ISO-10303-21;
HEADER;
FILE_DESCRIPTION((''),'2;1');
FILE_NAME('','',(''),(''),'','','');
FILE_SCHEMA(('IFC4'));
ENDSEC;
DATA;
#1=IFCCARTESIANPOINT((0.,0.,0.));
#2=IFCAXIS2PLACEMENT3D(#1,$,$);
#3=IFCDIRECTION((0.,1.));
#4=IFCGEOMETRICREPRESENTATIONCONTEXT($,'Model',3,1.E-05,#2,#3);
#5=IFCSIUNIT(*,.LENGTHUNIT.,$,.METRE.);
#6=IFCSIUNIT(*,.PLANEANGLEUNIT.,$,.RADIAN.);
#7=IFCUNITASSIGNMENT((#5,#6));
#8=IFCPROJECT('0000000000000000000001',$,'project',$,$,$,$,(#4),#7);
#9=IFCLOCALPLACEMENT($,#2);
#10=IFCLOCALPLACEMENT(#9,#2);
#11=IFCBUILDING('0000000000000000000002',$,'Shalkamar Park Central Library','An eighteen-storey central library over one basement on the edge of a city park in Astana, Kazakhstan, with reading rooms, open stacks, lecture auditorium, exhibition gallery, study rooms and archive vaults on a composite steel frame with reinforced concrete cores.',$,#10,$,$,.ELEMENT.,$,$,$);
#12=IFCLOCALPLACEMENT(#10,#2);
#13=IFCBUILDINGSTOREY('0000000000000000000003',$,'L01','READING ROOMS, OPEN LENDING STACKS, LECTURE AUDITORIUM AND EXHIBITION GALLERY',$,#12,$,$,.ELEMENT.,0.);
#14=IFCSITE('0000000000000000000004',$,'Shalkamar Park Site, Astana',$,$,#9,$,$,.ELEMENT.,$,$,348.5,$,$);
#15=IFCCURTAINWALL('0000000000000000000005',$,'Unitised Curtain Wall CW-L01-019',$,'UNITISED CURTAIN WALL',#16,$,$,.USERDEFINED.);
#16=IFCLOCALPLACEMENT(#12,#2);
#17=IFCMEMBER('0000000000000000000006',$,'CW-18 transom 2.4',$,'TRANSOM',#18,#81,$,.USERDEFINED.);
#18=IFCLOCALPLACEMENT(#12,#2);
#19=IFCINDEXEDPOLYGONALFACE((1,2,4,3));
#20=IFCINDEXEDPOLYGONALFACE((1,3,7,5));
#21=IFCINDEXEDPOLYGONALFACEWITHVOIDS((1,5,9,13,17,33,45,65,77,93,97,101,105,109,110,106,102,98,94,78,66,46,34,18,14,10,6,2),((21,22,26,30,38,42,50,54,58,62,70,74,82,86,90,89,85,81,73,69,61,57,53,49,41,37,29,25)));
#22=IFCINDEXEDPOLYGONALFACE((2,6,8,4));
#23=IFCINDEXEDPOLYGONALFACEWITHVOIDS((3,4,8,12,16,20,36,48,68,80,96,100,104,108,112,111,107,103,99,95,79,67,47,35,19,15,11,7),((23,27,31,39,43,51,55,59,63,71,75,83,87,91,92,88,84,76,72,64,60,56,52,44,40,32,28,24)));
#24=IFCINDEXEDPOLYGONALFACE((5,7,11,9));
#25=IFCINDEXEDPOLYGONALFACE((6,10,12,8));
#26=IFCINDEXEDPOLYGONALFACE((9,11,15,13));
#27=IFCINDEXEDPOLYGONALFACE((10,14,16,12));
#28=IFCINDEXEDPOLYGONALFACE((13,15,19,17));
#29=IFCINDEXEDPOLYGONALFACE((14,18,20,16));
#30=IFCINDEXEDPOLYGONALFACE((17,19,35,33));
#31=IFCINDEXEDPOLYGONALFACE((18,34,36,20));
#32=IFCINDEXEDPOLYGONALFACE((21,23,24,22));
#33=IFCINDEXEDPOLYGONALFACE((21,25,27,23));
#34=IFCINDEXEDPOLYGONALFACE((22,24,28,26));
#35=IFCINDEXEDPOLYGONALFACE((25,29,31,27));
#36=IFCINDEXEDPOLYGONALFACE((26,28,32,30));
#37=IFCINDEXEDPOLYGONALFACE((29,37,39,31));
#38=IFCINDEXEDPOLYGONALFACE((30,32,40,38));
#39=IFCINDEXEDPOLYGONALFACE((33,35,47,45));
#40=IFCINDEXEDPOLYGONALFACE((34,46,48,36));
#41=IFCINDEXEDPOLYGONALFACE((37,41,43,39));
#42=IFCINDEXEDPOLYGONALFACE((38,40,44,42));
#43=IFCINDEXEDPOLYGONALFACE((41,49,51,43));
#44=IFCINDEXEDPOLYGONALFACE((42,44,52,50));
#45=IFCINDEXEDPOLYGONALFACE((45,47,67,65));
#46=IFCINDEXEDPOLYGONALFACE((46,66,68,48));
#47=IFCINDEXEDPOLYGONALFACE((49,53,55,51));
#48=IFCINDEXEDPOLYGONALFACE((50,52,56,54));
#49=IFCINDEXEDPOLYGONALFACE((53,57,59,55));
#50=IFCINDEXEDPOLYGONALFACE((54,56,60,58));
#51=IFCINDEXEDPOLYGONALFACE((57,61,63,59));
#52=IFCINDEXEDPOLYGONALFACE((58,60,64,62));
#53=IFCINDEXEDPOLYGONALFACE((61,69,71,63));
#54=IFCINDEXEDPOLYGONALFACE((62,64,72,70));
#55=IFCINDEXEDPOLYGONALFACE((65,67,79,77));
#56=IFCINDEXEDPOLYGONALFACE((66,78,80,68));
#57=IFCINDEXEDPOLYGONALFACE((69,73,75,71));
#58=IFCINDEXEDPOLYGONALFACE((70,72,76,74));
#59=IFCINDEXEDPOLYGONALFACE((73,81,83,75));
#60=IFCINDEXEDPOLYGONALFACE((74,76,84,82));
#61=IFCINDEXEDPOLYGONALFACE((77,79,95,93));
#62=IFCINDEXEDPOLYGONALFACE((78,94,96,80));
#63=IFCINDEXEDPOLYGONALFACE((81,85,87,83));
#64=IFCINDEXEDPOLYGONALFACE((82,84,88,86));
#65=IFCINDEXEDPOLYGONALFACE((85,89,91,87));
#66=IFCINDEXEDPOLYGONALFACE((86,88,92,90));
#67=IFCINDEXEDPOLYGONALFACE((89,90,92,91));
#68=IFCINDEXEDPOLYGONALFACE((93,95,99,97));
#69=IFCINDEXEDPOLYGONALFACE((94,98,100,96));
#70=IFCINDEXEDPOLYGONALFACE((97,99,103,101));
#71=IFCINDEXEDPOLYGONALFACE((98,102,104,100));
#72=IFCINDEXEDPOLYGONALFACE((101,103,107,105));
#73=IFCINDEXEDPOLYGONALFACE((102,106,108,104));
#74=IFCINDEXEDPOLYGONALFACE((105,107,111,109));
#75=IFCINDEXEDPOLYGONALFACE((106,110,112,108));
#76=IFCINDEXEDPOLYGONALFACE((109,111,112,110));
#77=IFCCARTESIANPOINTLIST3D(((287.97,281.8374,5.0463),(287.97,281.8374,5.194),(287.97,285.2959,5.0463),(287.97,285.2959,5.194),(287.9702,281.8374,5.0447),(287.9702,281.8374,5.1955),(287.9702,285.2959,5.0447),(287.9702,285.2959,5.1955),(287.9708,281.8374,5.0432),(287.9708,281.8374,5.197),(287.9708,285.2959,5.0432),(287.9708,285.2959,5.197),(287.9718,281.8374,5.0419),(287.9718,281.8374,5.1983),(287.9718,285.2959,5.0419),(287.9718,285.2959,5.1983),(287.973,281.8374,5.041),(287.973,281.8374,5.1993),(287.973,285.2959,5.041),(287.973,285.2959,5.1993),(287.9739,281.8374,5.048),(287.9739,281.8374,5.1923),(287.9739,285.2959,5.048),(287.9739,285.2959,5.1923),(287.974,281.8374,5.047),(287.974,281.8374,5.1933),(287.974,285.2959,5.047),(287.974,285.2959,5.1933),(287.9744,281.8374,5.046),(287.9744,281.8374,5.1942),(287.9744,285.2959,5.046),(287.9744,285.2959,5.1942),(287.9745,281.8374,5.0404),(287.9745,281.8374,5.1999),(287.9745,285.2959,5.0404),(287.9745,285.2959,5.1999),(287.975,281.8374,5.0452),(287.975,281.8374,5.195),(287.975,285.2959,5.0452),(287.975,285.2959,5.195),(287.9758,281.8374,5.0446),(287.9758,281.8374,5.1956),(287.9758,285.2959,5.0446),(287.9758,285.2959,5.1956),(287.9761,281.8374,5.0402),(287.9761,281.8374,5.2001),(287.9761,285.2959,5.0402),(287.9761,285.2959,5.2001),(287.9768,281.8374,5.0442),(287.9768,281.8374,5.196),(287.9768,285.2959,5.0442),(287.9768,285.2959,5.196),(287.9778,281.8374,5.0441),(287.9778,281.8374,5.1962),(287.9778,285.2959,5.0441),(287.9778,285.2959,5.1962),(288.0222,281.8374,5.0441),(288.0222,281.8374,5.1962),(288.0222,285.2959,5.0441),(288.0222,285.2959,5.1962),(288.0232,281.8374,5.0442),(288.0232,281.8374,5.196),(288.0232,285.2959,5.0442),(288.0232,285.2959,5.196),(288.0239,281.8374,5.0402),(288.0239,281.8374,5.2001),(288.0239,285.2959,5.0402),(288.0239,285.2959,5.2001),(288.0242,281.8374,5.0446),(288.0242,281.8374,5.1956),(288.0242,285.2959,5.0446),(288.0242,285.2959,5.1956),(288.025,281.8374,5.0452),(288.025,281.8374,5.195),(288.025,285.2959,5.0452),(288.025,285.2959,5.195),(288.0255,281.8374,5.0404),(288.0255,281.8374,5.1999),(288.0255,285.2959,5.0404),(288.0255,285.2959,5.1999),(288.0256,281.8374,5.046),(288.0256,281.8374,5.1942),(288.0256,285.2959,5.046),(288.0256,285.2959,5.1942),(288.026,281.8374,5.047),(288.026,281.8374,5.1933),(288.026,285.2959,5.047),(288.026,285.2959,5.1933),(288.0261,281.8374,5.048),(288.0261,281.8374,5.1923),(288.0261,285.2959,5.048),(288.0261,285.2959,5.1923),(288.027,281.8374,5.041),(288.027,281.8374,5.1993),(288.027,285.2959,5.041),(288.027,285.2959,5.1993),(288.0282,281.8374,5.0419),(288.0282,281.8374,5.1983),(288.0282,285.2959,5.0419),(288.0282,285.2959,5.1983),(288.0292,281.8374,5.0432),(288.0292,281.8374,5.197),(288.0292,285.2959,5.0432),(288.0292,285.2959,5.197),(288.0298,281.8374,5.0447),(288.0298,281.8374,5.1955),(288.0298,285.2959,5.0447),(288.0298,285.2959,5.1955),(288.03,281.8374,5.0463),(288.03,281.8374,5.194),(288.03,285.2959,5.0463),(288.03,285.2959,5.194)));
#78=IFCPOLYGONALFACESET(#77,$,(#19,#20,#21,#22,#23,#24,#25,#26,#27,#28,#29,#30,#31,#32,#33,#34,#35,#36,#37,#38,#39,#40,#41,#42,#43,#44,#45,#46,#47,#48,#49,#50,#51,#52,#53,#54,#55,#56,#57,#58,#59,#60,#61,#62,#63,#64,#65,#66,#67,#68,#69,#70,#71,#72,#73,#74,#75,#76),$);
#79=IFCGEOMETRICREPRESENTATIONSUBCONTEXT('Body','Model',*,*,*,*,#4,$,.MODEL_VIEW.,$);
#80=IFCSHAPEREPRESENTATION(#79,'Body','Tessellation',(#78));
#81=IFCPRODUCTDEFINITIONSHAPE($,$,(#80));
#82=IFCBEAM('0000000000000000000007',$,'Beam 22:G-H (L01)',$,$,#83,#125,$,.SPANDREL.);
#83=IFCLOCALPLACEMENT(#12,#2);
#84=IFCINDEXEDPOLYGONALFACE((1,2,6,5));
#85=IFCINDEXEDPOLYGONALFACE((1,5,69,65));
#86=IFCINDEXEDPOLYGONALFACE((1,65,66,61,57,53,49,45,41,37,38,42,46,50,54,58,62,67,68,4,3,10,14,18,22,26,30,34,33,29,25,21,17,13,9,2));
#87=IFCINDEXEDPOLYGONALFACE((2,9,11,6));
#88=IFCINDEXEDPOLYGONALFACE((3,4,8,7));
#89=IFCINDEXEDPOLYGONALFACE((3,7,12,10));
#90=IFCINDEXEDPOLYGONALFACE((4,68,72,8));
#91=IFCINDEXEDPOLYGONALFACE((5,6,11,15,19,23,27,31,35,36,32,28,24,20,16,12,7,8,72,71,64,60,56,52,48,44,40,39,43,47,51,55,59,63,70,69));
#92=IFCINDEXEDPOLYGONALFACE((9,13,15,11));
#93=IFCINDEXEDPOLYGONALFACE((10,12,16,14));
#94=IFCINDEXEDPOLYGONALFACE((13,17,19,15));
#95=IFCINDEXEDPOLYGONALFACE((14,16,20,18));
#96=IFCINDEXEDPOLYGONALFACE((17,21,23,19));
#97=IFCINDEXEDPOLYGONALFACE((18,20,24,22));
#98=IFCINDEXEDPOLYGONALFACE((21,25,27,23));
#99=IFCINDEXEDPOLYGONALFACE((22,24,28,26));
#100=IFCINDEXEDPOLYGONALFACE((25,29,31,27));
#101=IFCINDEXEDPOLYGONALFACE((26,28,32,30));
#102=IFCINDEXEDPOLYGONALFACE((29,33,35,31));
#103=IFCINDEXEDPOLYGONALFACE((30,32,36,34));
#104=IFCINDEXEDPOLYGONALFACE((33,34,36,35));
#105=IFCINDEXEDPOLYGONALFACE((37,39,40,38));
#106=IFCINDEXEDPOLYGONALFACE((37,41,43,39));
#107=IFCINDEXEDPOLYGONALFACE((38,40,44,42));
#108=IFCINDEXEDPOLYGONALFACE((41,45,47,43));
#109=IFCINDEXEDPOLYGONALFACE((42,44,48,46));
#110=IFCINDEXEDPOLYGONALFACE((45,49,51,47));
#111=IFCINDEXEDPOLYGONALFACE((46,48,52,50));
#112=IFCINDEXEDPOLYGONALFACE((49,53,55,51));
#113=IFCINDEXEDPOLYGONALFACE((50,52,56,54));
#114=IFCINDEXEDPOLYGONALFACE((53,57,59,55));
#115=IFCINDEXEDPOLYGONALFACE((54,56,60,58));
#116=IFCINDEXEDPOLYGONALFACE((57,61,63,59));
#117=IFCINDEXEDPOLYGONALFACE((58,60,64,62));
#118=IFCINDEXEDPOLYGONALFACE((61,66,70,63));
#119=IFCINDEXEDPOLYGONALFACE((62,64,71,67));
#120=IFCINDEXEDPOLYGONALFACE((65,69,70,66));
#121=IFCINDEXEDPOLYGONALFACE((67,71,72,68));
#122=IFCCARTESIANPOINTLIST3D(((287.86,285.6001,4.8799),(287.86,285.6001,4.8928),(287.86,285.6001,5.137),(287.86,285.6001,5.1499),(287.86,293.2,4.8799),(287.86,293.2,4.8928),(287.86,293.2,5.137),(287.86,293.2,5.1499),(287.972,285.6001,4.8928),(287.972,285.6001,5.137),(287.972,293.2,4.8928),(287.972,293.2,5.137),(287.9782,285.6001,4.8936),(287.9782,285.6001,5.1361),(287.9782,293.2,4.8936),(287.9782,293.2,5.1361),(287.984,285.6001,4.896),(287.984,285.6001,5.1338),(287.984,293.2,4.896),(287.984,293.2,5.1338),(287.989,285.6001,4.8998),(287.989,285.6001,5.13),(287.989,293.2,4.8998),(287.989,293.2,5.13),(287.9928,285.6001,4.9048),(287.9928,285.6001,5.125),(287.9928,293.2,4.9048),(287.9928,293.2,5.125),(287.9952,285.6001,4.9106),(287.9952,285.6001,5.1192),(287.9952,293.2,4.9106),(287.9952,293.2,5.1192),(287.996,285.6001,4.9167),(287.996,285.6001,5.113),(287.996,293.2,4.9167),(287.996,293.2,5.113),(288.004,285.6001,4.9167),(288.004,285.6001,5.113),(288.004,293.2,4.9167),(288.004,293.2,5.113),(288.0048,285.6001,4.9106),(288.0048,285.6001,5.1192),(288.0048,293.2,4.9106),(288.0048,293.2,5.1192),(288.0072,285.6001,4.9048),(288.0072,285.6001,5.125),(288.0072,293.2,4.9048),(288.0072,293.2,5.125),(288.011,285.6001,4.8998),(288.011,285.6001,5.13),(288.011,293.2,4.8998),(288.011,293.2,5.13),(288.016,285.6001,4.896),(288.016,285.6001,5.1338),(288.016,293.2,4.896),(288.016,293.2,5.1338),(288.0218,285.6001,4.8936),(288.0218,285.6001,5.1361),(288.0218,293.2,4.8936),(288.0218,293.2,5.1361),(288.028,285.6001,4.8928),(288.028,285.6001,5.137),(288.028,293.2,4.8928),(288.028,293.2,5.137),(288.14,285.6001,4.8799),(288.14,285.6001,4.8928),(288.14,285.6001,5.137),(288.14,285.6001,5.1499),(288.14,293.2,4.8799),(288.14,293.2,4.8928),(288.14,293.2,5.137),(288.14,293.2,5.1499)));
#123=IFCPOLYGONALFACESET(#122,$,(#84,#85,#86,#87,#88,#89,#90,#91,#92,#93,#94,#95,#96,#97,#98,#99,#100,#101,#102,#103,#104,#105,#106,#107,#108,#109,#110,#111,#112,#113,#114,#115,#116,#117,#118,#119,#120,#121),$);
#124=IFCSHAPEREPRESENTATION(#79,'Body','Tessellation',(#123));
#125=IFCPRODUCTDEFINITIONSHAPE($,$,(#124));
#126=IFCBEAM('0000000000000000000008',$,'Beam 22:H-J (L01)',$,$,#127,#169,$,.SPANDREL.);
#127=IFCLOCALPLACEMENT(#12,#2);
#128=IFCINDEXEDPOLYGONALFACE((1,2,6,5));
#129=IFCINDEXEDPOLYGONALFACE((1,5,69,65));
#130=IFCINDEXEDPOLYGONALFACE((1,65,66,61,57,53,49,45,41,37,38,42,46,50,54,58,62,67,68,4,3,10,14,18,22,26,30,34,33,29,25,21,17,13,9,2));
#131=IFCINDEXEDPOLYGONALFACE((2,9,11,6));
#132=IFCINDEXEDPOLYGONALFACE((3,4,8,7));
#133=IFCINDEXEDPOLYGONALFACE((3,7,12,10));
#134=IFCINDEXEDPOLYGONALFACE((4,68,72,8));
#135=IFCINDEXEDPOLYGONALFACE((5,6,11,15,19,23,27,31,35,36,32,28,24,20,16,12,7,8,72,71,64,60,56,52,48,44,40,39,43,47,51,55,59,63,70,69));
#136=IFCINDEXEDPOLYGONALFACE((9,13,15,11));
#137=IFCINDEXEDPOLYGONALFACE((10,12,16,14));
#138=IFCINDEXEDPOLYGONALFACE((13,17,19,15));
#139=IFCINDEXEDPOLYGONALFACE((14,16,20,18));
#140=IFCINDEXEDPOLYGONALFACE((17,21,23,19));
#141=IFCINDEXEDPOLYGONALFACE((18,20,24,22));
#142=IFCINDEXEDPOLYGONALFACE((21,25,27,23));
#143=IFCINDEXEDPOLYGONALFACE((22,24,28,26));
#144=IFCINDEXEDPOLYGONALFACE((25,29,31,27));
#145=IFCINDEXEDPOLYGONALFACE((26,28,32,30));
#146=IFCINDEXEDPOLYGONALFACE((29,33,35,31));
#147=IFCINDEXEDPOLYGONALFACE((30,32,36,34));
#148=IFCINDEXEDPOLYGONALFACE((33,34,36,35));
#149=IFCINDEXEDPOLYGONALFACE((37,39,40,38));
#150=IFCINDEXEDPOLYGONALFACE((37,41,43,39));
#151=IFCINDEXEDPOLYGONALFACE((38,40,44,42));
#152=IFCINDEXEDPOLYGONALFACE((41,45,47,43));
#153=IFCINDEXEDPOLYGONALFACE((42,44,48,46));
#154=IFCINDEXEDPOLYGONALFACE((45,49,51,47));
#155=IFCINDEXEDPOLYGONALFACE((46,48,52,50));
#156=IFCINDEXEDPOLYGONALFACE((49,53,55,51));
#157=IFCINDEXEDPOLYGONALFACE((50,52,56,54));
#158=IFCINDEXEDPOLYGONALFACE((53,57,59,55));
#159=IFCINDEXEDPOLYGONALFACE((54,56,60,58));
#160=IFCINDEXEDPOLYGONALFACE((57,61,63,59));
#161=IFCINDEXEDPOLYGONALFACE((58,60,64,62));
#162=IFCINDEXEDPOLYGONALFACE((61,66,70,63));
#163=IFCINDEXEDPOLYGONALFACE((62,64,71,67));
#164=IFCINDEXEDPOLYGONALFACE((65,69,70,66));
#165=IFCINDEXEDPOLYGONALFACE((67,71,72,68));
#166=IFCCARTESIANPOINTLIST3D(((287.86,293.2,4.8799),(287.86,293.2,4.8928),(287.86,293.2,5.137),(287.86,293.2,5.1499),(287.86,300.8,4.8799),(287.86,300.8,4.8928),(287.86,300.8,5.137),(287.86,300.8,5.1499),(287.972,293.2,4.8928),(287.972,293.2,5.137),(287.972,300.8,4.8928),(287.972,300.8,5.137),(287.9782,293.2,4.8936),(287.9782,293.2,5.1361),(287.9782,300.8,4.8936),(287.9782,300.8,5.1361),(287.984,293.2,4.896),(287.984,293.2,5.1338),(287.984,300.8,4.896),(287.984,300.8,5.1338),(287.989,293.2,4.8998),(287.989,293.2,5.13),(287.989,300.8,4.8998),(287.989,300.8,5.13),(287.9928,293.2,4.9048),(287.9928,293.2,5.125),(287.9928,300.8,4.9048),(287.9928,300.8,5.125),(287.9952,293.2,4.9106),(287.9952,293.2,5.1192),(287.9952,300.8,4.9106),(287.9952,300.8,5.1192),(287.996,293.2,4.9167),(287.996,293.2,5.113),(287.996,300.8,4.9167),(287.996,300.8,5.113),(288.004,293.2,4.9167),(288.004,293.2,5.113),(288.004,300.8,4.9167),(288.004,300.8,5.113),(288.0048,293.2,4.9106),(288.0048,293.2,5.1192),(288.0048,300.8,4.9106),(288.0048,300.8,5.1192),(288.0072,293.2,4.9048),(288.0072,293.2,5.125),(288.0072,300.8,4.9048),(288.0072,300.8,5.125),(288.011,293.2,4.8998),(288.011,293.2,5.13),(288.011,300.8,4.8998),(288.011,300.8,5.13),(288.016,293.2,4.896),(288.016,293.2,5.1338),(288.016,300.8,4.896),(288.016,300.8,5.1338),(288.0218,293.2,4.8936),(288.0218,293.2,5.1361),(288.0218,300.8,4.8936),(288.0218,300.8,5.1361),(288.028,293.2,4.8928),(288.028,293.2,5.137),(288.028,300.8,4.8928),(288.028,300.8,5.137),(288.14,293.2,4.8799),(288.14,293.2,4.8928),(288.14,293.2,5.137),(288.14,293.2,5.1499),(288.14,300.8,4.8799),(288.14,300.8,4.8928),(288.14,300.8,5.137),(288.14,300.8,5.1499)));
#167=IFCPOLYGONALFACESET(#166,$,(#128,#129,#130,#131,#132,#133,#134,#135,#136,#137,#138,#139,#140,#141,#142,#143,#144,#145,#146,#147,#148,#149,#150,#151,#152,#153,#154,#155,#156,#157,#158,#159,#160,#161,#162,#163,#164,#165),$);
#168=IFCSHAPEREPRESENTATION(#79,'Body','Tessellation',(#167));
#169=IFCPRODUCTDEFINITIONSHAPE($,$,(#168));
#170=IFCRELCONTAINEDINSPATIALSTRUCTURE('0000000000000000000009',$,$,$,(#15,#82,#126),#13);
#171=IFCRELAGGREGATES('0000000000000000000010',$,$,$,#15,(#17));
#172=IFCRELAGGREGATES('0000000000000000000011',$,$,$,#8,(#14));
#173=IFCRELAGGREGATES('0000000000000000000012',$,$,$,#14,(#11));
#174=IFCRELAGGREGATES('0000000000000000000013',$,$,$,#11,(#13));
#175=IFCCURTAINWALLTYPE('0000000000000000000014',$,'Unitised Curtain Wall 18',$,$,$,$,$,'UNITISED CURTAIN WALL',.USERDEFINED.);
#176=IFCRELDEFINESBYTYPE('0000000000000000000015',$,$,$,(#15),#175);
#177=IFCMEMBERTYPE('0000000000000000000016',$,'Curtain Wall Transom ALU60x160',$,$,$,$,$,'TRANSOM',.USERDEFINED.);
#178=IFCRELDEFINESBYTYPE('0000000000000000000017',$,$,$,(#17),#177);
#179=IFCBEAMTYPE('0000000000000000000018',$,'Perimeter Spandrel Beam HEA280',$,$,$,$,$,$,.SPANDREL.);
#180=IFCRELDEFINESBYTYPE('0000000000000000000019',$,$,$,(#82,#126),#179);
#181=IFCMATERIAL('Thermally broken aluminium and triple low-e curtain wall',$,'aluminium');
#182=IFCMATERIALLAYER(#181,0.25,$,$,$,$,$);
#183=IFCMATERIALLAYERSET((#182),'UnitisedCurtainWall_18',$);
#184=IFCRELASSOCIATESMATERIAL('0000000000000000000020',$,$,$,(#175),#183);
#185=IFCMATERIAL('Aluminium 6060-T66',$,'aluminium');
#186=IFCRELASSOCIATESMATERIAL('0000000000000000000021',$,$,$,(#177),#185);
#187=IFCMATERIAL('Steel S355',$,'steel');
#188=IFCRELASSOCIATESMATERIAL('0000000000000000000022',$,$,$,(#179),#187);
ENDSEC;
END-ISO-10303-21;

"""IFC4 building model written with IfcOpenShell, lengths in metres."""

from ifc_helpers import new_model, si_unit, direction, frame, origin, origin_2d, place, context, subcontext, project, spatial, hollow_rectangle, i_section, extrude, material, layer, layer_set, material_profile, profile_set, type_object, element, aggregate, save


model = new_model("IFC4")

# Units and contexts
model_context = context("Model", 3, precision=1e-05, world=origin(), true_north=direction((0.0, 1.0)))
body_context = subcontext(model_context, "Body", "Model", "MODEL_VIEW")
ifc_project = project(units=[si_unit("LENGTHUNIT", "METRE"), si_unit("PLANEANGLEUNIT", "RADIAN")], contexts=[model_context])

# Site, building, storey
site_placement = place(None, origin())
site = spatial("IfcSite", under=ifc_project, at=site_placement, Name="Shalkamar Park Site, Astana", CompositionType="ELEMENT", RefElevation=348.5)
building_placement = place(site_placement, origin())
building = spatial("IfcBuilding", under=site, at=building_placement, Name="Shalkamar Park Central Library", Description="An eighteen-storey central library over one basement on the edge of a city park in Astana, Kazakhstan, with reading rooms, open stacks, lecture auditorium, exhibition gallery, study rooms and archive vaults on a composite steel frame with reinforced concrete cores.", CompositionType="ELEMENT")
storey_placement = place(building_placement, origin())
storey = spatial("IfcBuildingStorey", under=building, at=storey_placement, Name="L01", Description="READING ROOMS, OPEN LENDING STACKS, LECTURE AUDITORIUM AND EXHIBITION GALLERY", CompositionType="ELEMENT", Elevation=0.0)

# Shared definitions
ifc_material_1 = material(Name="Steel S355", Category="steel")

# Curtain wall, member
ifc_material_2 = material(Name="Thermally broken aluminium and triple low-e curtain wall", Category="aluminium")
ifc_layer_1 = layer(ifc_material_2, 0.25)
ifc_layer_set_1 = layer_set([ifc_layer_1], Name="UnitisedCurtainWall_18")
curtain_wall_type = type_object("IfcCurtainWallType", Name="Unitised Curtain Wall 18", ElementType="UNITISED CURTAIN WALL", PredefinedType="USERDEFINED", material=ifc_layer_set_1)
curtain_wall_placement = place(storey_placement, origin())
curtain_wall = element("IfcCurtainWall", 1, at=curtain_wall_placement, inside=storey, type_object=curtain_wall_type, Name="Unitised Curtain Wall CW-L01-019", ObjectType="UNITISED CURTAIN WALL", PredefinedType="USERDEFINED")
ifc_material_3 = material(Name="Aluminium 6060-T66", Category="aluminium")
ifc_material_profile_1 = material_profile(ifc_material_3, hollow_rectangle(XDim=0.0601, YDim=0.1599, WallThickness=0.0039, InnerFilletRadius=0.0039, OuterFilletRadius=0.0061, at=origin_2d()), Name="ALU 60x160x4")
ifc_profile_set_1 = profile_set([ifc_material_profile_1], Name="Aluminium 6060-T66")
member_type_1 = type_object("IfcMemberType", Name="Curtain Wall Transom ALU60x160", ElementType="TRANSOM", PredefinedType="USERDEFINED", material=ifc_profile_set_1)
member_1_placement = place(storey_placement, frame((288.0, 281.8374, 5.1201), z_axis=(0.0, 1.0, 0.0), x_axis=(-1.0, 0.0, 0.0)))
member_1 = element("IfcMember", 2, at=member_1_placement, type_object=member_type_1, Name="CW-18 transom 2.4", ObjectType="TRANSOM", PredefinedType="USERDEFINED", context=body_context, shape_type="SweptSolid", body=[
    extrude(hollow_rectangle(XDim=0.0601, YDim=0.1599, WallThickness=0.0039, InnerFilletRadius=0.0039, OuterFilletRadius=0.0061, at=origin_2d()), origin(), (0.0, 0.0, 1.0), 3.4585),
])

# Beams
ifc_material_profile_2 = material_profile(ifc_material_1, i_section(OverallWidth=0.28, OverallDepth=0.27, WebThickness=0.0081, FlangeThickness=0.0129, FilletRadius=0.0239, at=origin_2d()), Name="HEA 280")
ifc_profile_set_2 = profile_set([ifc_material_profile_2], Name="Steel S355")
beam_type_1 = type_object("IfcBeamType", Name="Perimeter Spandrel Beam HEA280", PredefinedType="SPANDREL", material=ifc_profile_set_2)
beam_1_placement = place(storey_placement, frame((288.0, 285.6001, 5.0149), z_axis=(0.0, 1.0, 0.0), x_axis=(-1.0, 0.0, 0.0)))
element("IfcBeam", 3, at=beam_1_placement, inside=storey, type_object=beam_type_1, Name="Beam 22:G-H (L01)", PredefinedType="SPANDREL", context=body_context, shape_type="SweptSolid", body=[
    extrude(i_section(OverallWidth=0.28, OverallDepth=0.27, WebThickness=0.0081, FlangeThickness=0.0129, FilletRadius=0.0239, at=origin_2d()), origin(), (0.0, 0.0, 1.0), 7.5999),
])
beam_2_placement = place(storey_placement, frame((288.0, 293.2, 5.0149), z_axis=(0.0, 1.0, 0.0), x_axis=(-1.0, 0.0, 0.0)))
element("IfcBeam", 4, at=beam_2_placement, inside=storey, type_object=beam_type_1, Name="Beam 22:H-J (L01)", PredefinedType="SPANDREL", context=body_context, shape_type="SweptSolid", body=[
    extrude(i_section(OverallWidth=0.28, OverallDepth=0.27, WebThickness=0.0081, FlangeThickness=0.0129, FilletRadius=0.0239, at=origin_2d()), origin(), (0.0, 0.0, 1.0), 7.6001),
])

aggregate(curtain_wall, [member_1])

save(model, "model.ifc")
